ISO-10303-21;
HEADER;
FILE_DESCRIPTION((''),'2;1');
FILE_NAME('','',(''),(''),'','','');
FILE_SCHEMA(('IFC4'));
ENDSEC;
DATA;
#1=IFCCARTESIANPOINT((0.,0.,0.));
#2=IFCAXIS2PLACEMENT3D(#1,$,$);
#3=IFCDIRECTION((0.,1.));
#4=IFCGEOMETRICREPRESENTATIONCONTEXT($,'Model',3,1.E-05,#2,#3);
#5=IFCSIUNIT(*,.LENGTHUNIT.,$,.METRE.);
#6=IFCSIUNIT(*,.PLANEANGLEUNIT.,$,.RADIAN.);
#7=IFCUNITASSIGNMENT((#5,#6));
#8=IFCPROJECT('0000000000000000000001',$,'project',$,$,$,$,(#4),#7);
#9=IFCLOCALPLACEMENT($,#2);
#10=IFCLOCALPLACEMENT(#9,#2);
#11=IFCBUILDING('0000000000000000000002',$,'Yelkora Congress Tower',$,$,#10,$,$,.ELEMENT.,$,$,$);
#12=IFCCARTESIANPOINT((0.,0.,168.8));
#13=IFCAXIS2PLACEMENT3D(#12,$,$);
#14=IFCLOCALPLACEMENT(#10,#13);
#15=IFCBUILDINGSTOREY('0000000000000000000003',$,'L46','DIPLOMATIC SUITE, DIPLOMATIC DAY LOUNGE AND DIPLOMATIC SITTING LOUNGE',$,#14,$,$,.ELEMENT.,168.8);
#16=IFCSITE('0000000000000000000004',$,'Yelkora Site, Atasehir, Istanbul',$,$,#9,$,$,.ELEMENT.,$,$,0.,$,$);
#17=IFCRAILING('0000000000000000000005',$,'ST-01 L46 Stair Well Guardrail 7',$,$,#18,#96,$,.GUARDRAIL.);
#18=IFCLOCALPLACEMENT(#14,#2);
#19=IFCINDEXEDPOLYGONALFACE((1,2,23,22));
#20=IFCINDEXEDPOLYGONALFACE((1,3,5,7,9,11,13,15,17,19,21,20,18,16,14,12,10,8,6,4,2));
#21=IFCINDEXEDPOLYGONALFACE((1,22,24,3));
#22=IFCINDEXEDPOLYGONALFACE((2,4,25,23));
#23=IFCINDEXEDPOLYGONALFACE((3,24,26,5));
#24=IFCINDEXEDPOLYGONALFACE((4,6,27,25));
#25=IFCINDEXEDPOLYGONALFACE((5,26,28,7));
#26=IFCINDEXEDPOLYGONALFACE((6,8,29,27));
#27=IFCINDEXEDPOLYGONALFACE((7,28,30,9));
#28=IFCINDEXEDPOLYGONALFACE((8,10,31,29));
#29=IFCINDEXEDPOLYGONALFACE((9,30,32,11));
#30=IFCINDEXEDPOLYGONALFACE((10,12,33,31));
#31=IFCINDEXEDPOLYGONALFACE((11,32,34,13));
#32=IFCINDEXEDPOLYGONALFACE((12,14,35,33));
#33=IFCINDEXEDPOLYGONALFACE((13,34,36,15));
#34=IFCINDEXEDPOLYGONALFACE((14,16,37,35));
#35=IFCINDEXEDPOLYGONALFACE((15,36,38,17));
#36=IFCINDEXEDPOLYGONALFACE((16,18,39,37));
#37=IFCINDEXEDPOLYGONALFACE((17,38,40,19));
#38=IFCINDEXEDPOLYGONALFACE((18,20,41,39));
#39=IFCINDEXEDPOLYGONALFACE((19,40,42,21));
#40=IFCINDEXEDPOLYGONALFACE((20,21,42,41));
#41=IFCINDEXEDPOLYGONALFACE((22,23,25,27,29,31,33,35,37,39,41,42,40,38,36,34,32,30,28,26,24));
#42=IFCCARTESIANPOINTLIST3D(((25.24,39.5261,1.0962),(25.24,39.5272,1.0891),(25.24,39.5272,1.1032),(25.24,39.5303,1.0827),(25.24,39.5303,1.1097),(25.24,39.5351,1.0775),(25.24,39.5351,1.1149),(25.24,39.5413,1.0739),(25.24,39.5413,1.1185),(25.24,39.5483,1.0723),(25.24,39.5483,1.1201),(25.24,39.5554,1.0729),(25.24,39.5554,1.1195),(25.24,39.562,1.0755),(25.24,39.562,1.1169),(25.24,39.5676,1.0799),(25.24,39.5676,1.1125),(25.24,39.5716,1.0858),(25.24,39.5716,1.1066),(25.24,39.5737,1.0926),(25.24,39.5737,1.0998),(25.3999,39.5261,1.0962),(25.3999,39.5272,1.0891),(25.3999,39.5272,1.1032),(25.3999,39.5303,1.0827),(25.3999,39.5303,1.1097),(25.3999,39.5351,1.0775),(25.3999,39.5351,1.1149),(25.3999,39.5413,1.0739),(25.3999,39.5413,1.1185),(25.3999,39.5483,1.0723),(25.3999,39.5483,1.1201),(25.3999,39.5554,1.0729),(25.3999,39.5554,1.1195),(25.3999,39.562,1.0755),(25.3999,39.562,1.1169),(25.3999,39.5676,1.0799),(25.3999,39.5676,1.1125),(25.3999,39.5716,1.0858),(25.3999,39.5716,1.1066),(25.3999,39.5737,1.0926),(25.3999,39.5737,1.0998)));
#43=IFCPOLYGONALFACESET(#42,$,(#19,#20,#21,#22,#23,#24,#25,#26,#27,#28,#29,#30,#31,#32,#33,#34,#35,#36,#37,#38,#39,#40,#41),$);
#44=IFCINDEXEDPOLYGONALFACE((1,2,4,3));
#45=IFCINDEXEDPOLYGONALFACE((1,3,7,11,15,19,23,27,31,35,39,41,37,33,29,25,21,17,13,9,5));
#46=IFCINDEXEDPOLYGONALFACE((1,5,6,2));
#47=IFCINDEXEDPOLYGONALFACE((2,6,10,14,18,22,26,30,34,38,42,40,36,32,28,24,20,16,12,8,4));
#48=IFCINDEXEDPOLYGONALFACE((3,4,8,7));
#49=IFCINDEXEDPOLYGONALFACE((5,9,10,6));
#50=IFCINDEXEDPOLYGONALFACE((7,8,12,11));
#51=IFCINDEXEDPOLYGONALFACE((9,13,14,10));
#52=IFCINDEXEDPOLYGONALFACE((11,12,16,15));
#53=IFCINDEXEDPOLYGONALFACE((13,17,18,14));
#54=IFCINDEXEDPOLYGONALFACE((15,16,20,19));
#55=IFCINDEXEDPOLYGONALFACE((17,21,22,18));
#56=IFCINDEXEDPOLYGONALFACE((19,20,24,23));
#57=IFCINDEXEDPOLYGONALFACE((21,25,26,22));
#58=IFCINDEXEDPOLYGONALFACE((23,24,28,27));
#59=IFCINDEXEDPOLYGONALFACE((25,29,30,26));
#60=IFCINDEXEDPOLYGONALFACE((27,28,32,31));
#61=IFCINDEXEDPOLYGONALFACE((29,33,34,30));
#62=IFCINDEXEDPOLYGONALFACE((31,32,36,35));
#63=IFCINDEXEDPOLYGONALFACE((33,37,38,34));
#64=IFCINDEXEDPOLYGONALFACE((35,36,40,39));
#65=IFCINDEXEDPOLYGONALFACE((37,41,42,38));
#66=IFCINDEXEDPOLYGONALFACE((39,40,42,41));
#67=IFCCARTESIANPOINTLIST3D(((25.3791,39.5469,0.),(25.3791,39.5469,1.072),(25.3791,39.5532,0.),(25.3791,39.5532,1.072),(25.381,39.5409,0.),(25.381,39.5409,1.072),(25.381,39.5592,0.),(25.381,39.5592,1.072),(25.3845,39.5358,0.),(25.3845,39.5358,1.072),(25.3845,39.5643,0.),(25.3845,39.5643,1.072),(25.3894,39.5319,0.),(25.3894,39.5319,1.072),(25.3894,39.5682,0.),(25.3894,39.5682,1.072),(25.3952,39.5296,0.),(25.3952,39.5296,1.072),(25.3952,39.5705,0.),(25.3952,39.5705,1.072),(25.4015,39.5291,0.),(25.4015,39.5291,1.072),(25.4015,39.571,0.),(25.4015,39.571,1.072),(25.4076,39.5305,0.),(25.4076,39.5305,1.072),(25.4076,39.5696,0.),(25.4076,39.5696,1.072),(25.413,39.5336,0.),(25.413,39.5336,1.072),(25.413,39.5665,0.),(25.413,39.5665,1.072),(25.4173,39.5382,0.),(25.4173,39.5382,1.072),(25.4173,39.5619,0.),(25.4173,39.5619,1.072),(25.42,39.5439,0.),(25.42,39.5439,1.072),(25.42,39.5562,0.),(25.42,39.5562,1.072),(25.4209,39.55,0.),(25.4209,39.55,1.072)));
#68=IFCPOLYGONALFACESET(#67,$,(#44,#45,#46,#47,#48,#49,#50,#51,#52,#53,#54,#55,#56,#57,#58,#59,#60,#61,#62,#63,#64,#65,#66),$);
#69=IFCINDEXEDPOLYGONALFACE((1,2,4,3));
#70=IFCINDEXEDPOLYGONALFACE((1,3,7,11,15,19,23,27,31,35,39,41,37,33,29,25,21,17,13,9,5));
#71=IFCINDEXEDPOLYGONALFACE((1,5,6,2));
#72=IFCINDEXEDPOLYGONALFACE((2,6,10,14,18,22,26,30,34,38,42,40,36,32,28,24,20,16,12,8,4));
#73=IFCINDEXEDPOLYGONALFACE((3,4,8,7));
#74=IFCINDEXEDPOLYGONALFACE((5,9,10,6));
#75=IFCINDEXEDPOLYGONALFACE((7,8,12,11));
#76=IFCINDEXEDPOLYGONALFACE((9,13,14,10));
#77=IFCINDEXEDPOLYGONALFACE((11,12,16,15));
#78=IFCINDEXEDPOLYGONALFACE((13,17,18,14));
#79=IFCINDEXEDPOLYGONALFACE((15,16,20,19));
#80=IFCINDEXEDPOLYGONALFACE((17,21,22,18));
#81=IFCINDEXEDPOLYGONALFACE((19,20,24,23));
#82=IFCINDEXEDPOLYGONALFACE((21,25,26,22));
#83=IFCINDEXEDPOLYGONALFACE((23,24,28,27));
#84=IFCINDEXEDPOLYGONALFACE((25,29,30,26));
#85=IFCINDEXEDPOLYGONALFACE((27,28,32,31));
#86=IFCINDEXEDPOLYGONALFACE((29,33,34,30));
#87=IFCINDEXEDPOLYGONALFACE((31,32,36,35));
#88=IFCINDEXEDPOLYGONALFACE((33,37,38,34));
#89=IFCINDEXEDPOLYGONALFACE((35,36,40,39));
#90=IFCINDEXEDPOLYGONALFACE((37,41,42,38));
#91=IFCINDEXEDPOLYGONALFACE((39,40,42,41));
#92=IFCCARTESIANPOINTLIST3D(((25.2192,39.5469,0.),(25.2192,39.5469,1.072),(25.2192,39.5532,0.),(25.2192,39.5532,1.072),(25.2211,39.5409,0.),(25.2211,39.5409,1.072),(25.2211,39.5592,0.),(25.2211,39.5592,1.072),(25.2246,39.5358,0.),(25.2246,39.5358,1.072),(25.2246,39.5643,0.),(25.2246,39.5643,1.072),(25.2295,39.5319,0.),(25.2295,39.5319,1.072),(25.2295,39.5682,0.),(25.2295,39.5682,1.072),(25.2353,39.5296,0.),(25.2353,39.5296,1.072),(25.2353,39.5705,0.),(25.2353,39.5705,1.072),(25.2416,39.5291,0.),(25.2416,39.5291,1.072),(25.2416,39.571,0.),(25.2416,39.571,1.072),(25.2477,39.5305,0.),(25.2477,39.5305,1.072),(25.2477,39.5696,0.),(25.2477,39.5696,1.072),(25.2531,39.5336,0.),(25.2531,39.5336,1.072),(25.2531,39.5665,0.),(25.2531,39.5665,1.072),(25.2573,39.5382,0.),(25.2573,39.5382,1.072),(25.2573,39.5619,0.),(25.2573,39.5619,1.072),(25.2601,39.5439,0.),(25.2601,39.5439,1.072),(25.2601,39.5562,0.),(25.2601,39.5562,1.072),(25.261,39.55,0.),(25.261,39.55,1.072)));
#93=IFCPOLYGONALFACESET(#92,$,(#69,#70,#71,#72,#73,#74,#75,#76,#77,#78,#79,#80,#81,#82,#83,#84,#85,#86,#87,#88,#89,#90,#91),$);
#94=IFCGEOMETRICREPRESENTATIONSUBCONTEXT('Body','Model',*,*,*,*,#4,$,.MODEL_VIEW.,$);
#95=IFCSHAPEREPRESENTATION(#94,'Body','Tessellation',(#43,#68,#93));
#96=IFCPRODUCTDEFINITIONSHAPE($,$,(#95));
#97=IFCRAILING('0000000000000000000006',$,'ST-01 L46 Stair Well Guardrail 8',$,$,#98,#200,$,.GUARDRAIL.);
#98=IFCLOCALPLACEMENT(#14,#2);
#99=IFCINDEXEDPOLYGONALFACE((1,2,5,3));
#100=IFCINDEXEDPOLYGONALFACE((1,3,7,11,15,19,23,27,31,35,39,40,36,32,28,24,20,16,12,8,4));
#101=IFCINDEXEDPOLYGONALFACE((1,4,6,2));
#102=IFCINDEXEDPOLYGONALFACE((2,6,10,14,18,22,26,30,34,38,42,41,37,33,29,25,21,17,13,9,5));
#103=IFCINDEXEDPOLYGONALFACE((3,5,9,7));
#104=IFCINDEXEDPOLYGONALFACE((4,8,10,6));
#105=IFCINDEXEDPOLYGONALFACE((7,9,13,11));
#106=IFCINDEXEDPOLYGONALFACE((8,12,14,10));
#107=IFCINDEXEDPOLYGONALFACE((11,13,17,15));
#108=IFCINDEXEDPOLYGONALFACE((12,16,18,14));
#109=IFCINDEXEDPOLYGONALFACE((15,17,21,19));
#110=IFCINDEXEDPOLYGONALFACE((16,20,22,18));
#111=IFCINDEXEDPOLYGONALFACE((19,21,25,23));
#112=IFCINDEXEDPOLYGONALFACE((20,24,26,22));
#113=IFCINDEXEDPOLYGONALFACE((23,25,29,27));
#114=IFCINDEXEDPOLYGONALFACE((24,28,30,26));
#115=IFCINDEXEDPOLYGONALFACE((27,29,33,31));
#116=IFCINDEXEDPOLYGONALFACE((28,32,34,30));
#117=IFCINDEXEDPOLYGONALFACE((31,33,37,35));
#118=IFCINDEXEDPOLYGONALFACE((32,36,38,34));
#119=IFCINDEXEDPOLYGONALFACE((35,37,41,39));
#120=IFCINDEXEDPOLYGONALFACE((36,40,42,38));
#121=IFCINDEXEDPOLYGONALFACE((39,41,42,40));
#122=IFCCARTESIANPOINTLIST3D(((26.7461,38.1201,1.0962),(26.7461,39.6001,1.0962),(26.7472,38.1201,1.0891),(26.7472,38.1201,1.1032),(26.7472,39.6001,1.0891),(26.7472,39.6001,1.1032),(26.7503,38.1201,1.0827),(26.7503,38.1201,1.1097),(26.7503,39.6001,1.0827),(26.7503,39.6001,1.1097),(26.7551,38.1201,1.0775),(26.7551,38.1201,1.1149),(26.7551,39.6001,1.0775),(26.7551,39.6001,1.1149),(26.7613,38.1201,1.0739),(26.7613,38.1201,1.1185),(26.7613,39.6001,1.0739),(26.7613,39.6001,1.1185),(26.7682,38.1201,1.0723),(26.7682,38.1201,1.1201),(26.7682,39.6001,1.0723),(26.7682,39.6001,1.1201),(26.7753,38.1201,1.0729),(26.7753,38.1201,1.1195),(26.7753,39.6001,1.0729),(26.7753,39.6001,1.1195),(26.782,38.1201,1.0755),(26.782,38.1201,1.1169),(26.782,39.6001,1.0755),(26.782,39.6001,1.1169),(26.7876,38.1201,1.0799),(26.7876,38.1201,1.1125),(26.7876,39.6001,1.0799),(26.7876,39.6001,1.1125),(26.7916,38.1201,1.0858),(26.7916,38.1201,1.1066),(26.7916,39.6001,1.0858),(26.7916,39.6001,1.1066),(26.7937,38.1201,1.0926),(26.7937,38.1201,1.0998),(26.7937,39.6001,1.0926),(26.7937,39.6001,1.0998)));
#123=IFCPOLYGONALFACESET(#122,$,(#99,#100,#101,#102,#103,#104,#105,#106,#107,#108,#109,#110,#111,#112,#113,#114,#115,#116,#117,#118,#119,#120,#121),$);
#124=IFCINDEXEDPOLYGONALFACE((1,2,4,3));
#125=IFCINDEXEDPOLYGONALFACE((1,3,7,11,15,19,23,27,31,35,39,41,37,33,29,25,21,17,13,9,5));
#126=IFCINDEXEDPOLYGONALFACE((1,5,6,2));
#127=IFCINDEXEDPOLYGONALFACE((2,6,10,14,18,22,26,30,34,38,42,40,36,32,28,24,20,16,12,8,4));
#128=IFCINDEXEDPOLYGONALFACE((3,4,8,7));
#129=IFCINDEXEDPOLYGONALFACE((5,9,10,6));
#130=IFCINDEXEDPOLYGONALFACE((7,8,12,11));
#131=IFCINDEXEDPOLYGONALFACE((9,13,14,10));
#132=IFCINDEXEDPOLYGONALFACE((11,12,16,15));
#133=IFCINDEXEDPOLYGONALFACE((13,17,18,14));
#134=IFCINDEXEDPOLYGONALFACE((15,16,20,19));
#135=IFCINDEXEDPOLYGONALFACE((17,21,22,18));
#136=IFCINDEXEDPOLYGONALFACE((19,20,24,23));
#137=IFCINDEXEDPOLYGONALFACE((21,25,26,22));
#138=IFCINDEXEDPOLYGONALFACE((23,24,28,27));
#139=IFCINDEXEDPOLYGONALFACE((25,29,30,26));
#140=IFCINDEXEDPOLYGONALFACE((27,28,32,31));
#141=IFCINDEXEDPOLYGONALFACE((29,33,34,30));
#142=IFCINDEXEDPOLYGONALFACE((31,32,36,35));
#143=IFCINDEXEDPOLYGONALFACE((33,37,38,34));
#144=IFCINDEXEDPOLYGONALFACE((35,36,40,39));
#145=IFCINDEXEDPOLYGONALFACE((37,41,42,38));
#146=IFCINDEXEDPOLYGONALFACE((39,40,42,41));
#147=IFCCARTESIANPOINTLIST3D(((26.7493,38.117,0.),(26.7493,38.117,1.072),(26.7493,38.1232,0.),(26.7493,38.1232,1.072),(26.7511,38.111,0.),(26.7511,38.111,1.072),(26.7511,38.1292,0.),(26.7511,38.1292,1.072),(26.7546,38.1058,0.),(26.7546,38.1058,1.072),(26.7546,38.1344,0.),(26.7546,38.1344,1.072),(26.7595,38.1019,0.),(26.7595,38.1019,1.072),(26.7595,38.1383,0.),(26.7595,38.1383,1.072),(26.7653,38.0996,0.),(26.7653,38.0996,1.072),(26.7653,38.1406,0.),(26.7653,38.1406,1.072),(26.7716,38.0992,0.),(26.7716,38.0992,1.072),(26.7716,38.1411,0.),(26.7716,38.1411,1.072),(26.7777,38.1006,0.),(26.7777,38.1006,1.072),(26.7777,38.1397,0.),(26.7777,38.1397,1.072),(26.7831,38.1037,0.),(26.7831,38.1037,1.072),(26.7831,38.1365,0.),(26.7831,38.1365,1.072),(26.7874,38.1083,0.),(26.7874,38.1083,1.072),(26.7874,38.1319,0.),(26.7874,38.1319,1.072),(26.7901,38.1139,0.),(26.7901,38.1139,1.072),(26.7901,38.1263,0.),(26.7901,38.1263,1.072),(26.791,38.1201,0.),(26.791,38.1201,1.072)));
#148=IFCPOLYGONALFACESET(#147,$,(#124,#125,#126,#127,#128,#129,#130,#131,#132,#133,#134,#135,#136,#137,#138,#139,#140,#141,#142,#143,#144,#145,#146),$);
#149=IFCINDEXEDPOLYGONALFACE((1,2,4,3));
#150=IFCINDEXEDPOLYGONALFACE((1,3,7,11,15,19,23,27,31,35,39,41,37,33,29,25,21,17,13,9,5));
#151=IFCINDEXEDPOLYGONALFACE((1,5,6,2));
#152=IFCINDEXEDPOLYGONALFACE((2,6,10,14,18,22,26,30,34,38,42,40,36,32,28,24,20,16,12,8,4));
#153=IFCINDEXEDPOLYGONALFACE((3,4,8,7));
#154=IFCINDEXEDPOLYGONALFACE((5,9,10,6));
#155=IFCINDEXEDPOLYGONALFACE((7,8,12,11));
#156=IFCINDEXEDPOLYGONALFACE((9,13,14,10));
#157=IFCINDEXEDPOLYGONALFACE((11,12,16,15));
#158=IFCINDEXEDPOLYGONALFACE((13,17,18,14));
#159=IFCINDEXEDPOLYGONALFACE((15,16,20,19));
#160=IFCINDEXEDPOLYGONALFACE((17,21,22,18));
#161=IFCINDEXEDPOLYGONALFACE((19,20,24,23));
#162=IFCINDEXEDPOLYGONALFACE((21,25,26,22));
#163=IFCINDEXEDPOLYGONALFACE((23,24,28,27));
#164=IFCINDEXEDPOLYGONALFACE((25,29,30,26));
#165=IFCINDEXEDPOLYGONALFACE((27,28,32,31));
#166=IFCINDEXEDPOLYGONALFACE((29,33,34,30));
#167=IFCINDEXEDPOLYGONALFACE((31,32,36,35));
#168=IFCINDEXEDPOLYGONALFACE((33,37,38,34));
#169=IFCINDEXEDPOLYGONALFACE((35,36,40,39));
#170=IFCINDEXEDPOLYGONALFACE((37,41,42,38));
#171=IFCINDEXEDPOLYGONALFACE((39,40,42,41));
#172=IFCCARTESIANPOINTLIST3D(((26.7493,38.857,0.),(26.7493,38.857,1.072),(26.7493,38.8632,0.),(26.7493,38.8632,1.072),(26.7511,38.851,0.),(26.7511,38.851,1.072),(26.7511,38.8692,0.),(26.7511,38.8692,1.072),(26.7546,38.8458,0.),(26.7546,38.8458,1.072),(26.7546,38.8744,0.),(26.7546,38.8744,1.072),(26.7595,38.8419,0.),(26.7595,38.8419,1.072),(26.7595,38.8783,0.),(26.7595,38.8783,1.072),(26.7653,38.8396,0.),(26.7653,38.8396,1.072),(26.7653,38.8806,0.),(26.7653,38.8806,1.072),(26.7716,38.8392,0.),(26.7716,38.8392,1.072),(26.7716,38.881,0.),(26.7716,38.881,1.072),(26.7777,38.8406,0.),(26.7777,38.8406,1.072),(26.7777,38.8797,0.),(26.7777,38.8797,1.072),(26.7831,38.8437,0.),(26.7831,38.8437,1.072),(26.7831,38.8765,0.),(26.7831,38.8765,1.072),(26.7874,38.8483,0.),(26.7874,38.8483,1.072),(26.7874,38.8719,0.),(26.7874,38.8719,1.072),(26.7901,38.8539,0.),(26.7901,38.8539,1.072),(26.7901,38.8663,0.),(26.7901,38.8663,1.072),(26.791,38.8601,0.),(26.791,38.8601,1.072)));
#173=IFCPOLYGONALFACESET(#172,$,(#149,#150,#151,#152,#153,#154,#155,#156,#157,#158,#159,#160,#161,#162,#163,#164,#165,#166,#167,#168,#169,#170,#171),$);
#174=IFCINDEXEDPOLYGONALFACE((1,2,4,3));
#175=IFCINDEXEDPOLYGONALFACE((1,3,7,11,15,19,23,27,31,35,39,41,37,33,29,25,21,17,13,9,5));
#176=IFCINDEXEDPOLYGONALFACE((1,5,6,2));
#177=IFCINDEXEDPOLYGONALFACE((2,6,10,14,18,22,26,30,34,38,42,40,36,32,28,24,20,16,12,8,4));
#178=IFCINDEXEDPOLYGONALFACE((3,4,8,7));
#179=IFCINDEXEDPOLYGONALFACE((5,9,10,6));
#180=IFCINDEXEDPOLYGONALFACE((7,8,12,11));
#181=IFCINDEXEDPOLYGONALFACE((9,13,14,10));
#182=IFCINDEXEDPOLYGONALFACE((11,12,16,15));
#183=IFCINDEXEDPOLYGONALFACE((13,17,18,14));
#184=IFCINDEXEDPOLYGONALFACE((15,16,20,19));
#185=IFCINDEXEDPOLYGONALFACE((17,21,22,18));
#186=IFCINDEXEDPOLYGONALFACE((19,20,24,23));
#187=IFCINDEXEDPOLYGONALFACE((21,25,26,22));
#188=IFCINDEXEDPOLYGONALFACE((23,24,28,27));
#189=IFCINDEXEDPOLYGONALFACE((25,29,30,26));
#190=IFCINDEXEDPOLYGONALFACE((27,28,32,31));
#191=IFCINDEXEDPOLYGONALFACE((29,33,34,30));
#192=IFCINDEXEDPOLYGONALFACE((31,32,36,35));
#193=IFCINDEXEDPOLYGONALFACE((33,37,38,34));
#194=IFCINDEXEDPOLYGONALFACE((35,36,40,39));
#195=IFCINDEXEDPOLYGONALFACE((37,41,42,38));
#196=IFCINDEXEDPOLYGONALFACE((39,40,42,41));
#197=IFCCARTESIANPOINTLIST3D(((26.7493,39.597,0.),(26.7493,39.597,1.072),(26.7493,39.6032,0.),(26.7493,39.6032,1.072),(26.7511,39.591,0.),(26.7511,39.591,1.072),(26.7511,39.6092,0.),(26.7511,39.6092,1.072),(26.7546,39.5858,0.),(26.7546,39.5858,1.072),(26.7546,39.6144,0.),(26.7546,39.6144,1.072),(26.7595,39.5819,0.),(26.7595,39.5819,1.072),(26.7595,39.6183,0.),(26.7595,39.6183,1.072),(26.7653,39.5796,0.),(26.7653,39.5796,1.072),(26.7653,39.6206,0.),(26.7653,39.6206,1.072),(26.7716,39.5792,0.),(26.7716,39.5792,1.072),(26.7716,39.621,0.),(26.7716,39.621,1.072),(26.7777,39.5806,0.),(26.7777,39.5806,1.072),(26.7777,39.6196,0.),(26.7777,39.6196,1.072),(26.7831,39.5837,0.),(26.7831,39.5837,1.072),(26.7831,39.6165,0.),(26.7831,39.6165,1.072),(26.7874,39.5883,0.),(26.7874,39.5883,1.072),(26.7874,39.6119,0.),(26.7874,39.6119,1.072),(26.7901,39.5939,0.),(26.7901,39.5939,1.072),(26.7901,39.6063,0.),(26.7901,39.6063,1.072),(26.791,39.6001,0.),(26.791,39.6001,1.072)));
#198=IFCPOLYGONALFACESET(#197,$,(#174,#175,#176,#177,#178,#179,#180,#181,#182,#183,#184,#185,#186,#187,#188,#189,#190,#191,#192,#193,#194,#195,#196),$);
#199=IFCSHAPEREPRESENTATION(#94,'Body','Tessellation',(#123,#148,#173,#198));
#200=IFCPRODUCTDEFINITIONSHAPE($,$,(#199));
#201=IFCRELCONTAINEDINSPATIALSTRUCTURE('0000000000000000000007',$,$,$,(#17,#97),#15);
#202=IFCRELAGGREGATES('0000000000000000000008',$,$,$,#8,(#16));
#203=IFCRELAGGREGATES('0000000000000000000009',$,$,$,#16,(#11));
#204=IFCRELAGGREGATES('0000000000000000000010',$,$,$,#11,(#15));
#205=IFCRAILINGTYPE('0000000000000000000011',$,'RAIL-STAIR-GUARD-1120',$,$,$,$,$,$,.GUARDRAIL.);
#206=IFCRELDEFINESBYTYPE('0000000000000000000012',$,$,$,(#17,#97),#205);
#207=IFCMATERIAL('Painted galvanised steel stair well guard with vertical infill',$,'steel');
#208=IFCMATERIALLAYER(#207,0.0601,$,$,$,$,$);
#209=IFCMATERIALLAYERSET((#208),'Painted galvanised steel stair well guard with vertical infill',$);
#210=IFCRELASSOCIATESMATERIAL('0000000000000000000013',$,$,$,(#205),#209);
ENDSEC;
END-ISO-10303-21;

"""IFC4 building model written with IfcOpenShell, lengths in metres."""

from ifc_helpers import new_model, si_unit, direction, frame, origin, origin_2d, place, context, subcontext, project, spatial, circle, extrude, material, layer, layer_set, type_object, element, save


model = new_model("IFC4")

# Units and contexts
model_context = context("Model", 3, precision=1e-05, world=origin(), true_north=direction((0.0, 1.0)))
body_context = subcontext(model_context, "Body", "Model", "MODEL_VIEW")
ifc_project = project(units=[si_unit("LENGTHUNIT", "METRE"), si_unit("PLANEANGLEUNIT", "RADIAN")], contexts=[model_context])

# Site, building, storey
site_placement = place(None, origin())
site = spatial("IfcSite", under=ifc_project, at=site_placement, Name="Yelkora Site, Atasehir, Istanbul", CompositionType="ELEMENT", RefElevation=0.0)
building_placement = place(site_placement, origin())
building = spatial("IfcBuilding", under=site, at=building_placement, Name="Yelkora Congress Tower", CompositionType="ELEMENT")
storey_placement = place(building_placement, frame((0.0, 0.0, 168.8)))
storey = spatial("IfcBuildingStorey", under=building, at=storey_placement, Name="L46", Description="DIPLOMATIC SUITE, DIPLOMATIC DAY LOUNGE AND DIPLOMATIC SITTING LOUNGE", CompositionType="ELEMENT", Elevation=168.8)

# Railings
ifc_material_1 = material(Name="Painted galvanised steel stair well guard with vertical infill", Category="steel")
ifc_layer_1 = layer(ifc_material_1, 0.0601)
ifc_layer_set_1 = layer_set([ifc_layer_1], Name="Painted galvanised steel stair well guard with vertical infill")
railing_type_1 = type_object("IfcRailingType", Name="RAIL-STAIR-GUARD-1120", PredefinedType="GUARDRAIL", material=ifc_layer_set_1)
railing_1_placement = place(storey_placement, frame((25.3999, 39.55, 0.0)))
element("IfcRailing", 1, at=railing_1_placement, inside=storey, type_object=railing_type_1, Name="ST-01 L46 Stair Well Guardrail 7", PredefinedType="GUARDRAIL", context=body_context, shape_type="SweptSolid", body=[
    extrude(circle(Radius=0.0239, at=origin_2d()), frame((0.0, 0.0, 1.0962), z_axis=(-1.0, 0.0, 0.0), x_axis=(0.0, -1.0, 0.0)), (0.0, 0.0, 1.0), 0.1599),
    extrude(circle(Radius=0.021, at=origin_2d()), origin(), (0.0, 0.0, 1.0), 1.072),
    extrude(circle(Radius=0.021, at=origin_2d()), frame((-0.1599, 0.0, 0.0)), (0.0, 0.0, 1.0), 1.072),
])
for number, where, name in (
    (2, (26.77, 38.1201, 0.0), "ST-01 L46 Stair Well Guardrail 8"),
):
    element("IfcRailing", number, at=place(storey_placement, frame(where)), inside=storey, type_object=railing_type_1, Name=name, PredefinedType="GUARDRAIL", context=body_context, shape_type="SweptSolid", body=[
        extrude(circle(Radius=0.0239, at=origin_2d()), frame((0.0, 0.0, 1.0962), z_axis=(0.0, 1.0, 0.0), x_axis=(-1.0, 0.0, 0.0)), (0.0, 0.0, 1.0), 1.48),
        extrude(circle(Radius=0.021, at=origin_2d()), origin(), (0.0, 0.0, 1.0), 1.072),
        extrude(circle(Radius=0.021, at=origin_2d()), frame((0.0, 0.74, 0.0)), (0.0, 0.0, 1.0), 1.072),
        extrude(circle(Radius=0.021, at=origin_2d()), frame((0.0, 1.48, 0.0)), (0.0, 0.0, 1.0), 1.072),
    ])

save(model, "model.ifc")
